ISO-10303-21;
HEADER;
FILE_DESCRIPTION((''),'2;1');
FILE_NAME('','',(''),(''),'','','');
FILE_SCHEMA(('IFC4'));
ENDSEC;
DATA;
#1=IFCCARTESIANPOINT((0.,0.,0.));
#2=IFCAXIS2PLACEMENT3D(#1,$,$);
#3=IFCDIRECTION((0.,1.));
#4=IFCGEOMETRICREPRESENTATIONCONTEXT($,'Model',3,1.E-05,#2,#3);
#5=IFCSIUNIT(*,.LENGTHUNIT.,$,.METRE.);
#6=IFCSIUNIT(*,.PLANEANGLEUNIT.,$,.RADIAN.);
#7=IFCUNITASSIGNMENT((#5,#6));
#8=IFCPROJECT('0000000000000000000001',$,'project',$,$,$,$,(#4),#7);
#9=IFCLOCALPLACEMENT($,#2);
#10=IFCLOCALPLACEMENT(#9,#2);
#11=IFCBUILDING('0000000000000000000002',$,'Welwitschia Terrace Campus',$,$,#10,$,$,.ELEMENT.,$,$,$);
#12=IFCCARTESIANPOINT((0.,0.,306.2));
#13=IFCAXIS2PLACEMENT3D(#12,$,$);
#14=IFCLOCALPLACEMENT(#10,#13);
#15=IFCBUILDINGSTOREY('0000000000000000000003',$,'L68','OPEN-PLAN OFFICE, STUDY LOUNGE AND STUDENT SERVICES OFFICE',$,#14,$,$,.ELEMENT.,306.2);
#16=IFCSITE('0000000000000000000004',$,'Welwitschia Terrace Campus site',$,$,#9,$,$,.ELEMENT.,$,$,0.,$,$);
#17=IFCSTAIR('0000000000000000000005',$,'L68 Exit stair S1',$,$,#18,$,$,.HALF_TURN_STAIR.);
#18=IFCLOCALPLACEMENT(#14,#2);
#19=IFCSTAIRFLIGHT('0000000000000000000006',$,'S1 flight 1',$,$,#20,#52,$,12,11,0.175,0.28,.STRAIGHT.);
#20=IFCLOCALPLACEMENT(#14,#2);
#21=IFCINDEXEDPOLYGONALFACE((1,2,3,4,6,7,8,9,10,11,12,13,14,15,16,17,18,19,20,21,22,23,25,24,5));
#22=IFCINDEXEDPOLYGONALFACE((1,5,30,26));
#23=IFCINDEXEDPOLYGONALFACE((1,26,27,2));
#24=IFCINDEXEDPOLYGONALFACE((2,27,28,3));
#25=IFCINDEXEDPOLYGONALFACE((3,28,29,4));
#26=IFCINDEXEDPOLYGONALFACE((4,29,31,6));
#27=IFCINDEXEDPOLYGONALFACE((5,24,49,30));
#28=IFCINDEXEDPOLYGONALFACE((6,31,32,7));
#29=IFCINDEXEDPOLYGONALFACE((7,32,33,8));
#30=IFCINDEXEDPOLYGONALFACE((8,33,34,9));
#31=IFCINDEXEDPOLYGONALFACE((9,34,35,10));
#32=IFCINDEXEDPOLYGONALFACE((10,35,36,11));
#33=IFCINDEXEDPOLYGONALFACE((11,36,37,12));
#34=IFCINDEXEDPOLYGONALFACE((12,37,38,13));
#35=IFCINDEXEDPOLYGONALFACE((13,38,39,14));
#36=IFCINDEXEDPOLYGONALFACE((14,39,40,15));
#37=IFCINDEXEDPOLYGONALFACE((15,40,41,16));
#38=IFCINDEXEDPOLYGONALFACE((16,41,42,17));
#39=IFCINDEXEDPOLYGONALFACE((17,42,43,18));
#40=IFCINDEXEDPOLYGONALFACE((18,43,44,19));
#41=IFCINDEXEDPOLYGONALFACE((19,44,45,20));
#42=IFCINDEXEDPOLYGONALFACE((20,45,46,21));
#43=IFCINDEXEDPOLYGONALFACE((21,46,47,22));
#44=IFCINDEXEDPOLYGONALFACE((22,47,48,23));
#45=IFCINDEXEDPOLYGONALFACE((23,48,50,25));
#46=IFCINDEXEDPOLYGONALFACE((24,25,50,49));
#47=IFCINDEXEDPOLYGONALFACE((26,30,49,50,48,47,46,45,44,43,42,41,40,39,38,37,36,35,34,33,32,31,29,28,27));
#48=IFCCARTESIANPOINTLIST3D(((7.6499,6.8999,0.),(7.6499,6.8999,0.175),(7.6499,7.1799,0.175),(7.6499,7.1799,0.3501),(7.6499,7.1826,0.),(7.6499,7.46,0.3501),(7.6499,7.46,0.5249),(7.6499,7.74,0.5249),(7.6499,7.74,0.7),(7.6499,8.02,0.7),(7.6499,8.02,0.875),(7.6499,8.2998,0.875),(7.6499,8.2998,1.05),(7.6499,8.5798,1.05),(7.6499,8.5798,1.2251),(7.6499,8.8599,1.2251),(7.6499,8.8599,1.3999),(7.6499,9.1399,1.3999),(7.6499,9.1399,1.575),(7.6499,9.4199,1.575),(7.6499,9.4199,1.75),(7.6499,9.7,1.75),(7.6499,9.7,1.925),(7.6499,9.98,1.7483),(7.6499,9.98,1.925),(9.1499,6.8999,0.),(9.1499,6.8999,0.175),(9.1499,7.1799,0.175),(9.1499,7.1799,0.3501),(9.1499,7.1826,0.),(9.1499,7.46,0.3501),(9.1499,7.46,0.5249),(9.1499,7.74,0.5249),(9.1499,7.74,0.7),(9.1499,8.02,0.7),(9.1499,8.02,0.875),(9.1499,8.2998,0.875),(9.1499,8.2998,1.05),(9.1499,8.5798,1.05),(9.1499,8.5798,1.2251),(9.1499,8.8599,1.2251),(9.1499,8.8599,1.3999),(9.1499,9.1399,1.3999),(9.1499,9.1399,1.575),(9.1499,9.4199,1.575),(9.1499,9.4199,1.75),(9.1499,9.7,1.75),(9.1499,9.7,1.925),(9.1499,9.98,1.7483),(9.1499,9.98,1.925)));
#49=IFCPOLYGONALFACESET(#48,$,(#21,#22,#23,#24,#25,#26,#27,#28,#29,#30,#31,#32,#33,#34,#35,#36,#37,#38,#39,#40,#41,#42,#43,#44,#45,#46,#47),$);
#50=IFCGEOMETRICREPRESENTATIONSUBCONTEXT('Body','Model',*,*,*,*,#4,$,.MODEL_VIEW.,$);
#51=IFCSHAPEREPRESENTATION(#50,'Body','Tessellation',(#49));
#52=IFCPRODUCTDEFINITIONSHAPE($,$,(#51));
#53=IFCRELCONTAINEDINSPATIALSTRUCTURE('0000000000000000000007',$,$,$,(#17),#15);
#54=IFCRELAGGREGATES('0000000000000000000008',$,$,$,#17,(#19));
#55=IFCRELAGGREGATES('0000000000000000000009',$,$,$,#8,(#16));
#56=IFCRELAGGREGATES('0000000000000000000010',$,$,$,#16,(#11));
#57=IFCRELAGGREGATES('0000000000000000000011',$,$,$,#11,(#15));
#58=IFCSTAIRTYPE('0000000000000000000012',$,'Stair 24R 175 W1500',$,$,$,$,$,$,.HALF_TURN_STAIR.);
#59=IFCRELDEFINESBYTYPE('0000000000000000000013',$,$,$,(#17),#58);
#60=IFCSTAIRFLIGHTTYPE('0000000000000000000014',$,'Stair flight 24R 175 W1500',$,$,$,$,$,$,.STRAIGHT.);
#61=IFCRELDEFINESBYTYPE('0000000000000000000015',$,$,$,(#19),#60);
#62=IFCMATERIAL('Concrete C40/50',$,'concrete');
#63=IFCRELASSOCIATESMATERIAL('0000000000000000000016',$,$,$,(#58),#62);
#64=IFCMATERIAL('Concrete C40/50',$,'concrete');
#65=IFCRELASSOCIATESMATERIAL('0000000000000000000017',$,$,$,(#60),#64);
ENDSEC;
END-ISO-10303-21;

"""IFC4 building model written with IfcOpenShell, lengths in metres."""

from ifc_helpers import new_model, si_unit, direction, frame, origin, place, context, subcontext, project, spatial, polyline, outline, extrude, material, type_object, element, aggregate, save


model = new_model("IFC4")

# Units and contexts
model_context = context("Model", 3, precision=1e-05, world=origin(), true_north=direction((0.0, 1.0)))
body_context = subcontext(model_context, "Body", "Model", "MODEL_VIEW")
ifc_project = project(units=[si_unit("LENGTHUNIT", "METRE"), si_unit("PLANEANGLEUNIT", "RADIAN")], contexts=[model_context])

# Site, building, storey
site_placement = place(None, origin())
site = spatial("IfcSite", under=ifc_project, at=site_placement, Name="Welwitschia Terrace Campus site", CompositionType="ELEMENT", RefElevation=0.0)
building_placement = place(site_placement, origin())
building = spatial("IfcBuilding", under=site, at=building_placement, Name="Welwitschia Terrace Campus", CompositionType="ELEMENT")
storey_placement = place(building_placement, frame((0.0, 0.0, 306.2)))
storey = spatial("IfcBuildingStorey", under=building, at=storey_placement, Name="L68", Description="OPEN-PLAN OFFICE, STUDY LOUNGE AND STUDENT SERVICES OFFICE", CompositionType="ELEMENT", Elevation=306.2)

# Stair, stair flight
ifc_material_1 = material(Name="Concrete C40/50", Category="concrete")
stair_type = type_object("IfcStairType", Name="Stair 24R 175 W1500", PredefinedType="HALF_TURN_STAIR", material=ifc_material_1)
stair_placement = place(storey_placement, origin())
stair = element("IfcStair", 1, at=stair_placement, inside=storey, type_object=stair_type, Name="L68 Exit stair S1", PredefinedType="HALF_TURN_STAIR")
ifc_material_2 = material(Name="Concrete C40/50", Category="concrete")
stair_flight_type = type_object("IfcStairFlightType", Name="Stair flight 24R 175 W1500", PredefinedType="STRAIGHT", material=ifc_material_2)
stair_flight_placement = place(storey_placement, frame((8.3999, 6.8999, 0.0), z_axis=(0.0, 0.0, 1.0), x_axis=(0.0, 1.0, 0.0)))
stair_flight = element("IfcStairFlight", 2, at=stair_flight_placement, type_object=stair_flight_type, Name="S1 flight 1", NumberOfRisers=12, NumberOfTreads=11, PredefinedType="STRAIGHT", RiserHeight=0.175, TreadLength=0.28, context=body_context, shape_type="SweptSolid", body=[
    extrude(outline(polyline([(0.0, 0.0), (0.0, 0.175), (0.28, 0.175), (0.28, 0.3501), (0.5601, 0.3501), (0.5601, 0.5249), (0.8401, 0.5249), (0.8401, 0.7), (1.1201, 0.7), (1.1201, 0.875), (1.3999, 0.875), (1.3999, 1.05), (1.6799, 1.05), (1.6799, 1.2251), (1.96, 1.2251), (1.96, 1.3999), (2.24, 1.3999), (2.24, 1.575), (2.52, 1.575), (2.52, 1.75), (2.8, 1.75), (2.8, 1.925), (3.0801, 1.925), (3.0801, 2.1001), (3.0801, 1.7483), (0.2827, 0.0), (0.0, 0.0)])), frame((0.0, 0.75, 0.0), z_axis=(0.0, -1.0, 0.0), x_axis=(1.0, 0.0, 0.0)), (0.0, 0.0, 1.0), 1.5),
])
aggregate(stair, [stair_flight])

save(model, "model.ifc")
